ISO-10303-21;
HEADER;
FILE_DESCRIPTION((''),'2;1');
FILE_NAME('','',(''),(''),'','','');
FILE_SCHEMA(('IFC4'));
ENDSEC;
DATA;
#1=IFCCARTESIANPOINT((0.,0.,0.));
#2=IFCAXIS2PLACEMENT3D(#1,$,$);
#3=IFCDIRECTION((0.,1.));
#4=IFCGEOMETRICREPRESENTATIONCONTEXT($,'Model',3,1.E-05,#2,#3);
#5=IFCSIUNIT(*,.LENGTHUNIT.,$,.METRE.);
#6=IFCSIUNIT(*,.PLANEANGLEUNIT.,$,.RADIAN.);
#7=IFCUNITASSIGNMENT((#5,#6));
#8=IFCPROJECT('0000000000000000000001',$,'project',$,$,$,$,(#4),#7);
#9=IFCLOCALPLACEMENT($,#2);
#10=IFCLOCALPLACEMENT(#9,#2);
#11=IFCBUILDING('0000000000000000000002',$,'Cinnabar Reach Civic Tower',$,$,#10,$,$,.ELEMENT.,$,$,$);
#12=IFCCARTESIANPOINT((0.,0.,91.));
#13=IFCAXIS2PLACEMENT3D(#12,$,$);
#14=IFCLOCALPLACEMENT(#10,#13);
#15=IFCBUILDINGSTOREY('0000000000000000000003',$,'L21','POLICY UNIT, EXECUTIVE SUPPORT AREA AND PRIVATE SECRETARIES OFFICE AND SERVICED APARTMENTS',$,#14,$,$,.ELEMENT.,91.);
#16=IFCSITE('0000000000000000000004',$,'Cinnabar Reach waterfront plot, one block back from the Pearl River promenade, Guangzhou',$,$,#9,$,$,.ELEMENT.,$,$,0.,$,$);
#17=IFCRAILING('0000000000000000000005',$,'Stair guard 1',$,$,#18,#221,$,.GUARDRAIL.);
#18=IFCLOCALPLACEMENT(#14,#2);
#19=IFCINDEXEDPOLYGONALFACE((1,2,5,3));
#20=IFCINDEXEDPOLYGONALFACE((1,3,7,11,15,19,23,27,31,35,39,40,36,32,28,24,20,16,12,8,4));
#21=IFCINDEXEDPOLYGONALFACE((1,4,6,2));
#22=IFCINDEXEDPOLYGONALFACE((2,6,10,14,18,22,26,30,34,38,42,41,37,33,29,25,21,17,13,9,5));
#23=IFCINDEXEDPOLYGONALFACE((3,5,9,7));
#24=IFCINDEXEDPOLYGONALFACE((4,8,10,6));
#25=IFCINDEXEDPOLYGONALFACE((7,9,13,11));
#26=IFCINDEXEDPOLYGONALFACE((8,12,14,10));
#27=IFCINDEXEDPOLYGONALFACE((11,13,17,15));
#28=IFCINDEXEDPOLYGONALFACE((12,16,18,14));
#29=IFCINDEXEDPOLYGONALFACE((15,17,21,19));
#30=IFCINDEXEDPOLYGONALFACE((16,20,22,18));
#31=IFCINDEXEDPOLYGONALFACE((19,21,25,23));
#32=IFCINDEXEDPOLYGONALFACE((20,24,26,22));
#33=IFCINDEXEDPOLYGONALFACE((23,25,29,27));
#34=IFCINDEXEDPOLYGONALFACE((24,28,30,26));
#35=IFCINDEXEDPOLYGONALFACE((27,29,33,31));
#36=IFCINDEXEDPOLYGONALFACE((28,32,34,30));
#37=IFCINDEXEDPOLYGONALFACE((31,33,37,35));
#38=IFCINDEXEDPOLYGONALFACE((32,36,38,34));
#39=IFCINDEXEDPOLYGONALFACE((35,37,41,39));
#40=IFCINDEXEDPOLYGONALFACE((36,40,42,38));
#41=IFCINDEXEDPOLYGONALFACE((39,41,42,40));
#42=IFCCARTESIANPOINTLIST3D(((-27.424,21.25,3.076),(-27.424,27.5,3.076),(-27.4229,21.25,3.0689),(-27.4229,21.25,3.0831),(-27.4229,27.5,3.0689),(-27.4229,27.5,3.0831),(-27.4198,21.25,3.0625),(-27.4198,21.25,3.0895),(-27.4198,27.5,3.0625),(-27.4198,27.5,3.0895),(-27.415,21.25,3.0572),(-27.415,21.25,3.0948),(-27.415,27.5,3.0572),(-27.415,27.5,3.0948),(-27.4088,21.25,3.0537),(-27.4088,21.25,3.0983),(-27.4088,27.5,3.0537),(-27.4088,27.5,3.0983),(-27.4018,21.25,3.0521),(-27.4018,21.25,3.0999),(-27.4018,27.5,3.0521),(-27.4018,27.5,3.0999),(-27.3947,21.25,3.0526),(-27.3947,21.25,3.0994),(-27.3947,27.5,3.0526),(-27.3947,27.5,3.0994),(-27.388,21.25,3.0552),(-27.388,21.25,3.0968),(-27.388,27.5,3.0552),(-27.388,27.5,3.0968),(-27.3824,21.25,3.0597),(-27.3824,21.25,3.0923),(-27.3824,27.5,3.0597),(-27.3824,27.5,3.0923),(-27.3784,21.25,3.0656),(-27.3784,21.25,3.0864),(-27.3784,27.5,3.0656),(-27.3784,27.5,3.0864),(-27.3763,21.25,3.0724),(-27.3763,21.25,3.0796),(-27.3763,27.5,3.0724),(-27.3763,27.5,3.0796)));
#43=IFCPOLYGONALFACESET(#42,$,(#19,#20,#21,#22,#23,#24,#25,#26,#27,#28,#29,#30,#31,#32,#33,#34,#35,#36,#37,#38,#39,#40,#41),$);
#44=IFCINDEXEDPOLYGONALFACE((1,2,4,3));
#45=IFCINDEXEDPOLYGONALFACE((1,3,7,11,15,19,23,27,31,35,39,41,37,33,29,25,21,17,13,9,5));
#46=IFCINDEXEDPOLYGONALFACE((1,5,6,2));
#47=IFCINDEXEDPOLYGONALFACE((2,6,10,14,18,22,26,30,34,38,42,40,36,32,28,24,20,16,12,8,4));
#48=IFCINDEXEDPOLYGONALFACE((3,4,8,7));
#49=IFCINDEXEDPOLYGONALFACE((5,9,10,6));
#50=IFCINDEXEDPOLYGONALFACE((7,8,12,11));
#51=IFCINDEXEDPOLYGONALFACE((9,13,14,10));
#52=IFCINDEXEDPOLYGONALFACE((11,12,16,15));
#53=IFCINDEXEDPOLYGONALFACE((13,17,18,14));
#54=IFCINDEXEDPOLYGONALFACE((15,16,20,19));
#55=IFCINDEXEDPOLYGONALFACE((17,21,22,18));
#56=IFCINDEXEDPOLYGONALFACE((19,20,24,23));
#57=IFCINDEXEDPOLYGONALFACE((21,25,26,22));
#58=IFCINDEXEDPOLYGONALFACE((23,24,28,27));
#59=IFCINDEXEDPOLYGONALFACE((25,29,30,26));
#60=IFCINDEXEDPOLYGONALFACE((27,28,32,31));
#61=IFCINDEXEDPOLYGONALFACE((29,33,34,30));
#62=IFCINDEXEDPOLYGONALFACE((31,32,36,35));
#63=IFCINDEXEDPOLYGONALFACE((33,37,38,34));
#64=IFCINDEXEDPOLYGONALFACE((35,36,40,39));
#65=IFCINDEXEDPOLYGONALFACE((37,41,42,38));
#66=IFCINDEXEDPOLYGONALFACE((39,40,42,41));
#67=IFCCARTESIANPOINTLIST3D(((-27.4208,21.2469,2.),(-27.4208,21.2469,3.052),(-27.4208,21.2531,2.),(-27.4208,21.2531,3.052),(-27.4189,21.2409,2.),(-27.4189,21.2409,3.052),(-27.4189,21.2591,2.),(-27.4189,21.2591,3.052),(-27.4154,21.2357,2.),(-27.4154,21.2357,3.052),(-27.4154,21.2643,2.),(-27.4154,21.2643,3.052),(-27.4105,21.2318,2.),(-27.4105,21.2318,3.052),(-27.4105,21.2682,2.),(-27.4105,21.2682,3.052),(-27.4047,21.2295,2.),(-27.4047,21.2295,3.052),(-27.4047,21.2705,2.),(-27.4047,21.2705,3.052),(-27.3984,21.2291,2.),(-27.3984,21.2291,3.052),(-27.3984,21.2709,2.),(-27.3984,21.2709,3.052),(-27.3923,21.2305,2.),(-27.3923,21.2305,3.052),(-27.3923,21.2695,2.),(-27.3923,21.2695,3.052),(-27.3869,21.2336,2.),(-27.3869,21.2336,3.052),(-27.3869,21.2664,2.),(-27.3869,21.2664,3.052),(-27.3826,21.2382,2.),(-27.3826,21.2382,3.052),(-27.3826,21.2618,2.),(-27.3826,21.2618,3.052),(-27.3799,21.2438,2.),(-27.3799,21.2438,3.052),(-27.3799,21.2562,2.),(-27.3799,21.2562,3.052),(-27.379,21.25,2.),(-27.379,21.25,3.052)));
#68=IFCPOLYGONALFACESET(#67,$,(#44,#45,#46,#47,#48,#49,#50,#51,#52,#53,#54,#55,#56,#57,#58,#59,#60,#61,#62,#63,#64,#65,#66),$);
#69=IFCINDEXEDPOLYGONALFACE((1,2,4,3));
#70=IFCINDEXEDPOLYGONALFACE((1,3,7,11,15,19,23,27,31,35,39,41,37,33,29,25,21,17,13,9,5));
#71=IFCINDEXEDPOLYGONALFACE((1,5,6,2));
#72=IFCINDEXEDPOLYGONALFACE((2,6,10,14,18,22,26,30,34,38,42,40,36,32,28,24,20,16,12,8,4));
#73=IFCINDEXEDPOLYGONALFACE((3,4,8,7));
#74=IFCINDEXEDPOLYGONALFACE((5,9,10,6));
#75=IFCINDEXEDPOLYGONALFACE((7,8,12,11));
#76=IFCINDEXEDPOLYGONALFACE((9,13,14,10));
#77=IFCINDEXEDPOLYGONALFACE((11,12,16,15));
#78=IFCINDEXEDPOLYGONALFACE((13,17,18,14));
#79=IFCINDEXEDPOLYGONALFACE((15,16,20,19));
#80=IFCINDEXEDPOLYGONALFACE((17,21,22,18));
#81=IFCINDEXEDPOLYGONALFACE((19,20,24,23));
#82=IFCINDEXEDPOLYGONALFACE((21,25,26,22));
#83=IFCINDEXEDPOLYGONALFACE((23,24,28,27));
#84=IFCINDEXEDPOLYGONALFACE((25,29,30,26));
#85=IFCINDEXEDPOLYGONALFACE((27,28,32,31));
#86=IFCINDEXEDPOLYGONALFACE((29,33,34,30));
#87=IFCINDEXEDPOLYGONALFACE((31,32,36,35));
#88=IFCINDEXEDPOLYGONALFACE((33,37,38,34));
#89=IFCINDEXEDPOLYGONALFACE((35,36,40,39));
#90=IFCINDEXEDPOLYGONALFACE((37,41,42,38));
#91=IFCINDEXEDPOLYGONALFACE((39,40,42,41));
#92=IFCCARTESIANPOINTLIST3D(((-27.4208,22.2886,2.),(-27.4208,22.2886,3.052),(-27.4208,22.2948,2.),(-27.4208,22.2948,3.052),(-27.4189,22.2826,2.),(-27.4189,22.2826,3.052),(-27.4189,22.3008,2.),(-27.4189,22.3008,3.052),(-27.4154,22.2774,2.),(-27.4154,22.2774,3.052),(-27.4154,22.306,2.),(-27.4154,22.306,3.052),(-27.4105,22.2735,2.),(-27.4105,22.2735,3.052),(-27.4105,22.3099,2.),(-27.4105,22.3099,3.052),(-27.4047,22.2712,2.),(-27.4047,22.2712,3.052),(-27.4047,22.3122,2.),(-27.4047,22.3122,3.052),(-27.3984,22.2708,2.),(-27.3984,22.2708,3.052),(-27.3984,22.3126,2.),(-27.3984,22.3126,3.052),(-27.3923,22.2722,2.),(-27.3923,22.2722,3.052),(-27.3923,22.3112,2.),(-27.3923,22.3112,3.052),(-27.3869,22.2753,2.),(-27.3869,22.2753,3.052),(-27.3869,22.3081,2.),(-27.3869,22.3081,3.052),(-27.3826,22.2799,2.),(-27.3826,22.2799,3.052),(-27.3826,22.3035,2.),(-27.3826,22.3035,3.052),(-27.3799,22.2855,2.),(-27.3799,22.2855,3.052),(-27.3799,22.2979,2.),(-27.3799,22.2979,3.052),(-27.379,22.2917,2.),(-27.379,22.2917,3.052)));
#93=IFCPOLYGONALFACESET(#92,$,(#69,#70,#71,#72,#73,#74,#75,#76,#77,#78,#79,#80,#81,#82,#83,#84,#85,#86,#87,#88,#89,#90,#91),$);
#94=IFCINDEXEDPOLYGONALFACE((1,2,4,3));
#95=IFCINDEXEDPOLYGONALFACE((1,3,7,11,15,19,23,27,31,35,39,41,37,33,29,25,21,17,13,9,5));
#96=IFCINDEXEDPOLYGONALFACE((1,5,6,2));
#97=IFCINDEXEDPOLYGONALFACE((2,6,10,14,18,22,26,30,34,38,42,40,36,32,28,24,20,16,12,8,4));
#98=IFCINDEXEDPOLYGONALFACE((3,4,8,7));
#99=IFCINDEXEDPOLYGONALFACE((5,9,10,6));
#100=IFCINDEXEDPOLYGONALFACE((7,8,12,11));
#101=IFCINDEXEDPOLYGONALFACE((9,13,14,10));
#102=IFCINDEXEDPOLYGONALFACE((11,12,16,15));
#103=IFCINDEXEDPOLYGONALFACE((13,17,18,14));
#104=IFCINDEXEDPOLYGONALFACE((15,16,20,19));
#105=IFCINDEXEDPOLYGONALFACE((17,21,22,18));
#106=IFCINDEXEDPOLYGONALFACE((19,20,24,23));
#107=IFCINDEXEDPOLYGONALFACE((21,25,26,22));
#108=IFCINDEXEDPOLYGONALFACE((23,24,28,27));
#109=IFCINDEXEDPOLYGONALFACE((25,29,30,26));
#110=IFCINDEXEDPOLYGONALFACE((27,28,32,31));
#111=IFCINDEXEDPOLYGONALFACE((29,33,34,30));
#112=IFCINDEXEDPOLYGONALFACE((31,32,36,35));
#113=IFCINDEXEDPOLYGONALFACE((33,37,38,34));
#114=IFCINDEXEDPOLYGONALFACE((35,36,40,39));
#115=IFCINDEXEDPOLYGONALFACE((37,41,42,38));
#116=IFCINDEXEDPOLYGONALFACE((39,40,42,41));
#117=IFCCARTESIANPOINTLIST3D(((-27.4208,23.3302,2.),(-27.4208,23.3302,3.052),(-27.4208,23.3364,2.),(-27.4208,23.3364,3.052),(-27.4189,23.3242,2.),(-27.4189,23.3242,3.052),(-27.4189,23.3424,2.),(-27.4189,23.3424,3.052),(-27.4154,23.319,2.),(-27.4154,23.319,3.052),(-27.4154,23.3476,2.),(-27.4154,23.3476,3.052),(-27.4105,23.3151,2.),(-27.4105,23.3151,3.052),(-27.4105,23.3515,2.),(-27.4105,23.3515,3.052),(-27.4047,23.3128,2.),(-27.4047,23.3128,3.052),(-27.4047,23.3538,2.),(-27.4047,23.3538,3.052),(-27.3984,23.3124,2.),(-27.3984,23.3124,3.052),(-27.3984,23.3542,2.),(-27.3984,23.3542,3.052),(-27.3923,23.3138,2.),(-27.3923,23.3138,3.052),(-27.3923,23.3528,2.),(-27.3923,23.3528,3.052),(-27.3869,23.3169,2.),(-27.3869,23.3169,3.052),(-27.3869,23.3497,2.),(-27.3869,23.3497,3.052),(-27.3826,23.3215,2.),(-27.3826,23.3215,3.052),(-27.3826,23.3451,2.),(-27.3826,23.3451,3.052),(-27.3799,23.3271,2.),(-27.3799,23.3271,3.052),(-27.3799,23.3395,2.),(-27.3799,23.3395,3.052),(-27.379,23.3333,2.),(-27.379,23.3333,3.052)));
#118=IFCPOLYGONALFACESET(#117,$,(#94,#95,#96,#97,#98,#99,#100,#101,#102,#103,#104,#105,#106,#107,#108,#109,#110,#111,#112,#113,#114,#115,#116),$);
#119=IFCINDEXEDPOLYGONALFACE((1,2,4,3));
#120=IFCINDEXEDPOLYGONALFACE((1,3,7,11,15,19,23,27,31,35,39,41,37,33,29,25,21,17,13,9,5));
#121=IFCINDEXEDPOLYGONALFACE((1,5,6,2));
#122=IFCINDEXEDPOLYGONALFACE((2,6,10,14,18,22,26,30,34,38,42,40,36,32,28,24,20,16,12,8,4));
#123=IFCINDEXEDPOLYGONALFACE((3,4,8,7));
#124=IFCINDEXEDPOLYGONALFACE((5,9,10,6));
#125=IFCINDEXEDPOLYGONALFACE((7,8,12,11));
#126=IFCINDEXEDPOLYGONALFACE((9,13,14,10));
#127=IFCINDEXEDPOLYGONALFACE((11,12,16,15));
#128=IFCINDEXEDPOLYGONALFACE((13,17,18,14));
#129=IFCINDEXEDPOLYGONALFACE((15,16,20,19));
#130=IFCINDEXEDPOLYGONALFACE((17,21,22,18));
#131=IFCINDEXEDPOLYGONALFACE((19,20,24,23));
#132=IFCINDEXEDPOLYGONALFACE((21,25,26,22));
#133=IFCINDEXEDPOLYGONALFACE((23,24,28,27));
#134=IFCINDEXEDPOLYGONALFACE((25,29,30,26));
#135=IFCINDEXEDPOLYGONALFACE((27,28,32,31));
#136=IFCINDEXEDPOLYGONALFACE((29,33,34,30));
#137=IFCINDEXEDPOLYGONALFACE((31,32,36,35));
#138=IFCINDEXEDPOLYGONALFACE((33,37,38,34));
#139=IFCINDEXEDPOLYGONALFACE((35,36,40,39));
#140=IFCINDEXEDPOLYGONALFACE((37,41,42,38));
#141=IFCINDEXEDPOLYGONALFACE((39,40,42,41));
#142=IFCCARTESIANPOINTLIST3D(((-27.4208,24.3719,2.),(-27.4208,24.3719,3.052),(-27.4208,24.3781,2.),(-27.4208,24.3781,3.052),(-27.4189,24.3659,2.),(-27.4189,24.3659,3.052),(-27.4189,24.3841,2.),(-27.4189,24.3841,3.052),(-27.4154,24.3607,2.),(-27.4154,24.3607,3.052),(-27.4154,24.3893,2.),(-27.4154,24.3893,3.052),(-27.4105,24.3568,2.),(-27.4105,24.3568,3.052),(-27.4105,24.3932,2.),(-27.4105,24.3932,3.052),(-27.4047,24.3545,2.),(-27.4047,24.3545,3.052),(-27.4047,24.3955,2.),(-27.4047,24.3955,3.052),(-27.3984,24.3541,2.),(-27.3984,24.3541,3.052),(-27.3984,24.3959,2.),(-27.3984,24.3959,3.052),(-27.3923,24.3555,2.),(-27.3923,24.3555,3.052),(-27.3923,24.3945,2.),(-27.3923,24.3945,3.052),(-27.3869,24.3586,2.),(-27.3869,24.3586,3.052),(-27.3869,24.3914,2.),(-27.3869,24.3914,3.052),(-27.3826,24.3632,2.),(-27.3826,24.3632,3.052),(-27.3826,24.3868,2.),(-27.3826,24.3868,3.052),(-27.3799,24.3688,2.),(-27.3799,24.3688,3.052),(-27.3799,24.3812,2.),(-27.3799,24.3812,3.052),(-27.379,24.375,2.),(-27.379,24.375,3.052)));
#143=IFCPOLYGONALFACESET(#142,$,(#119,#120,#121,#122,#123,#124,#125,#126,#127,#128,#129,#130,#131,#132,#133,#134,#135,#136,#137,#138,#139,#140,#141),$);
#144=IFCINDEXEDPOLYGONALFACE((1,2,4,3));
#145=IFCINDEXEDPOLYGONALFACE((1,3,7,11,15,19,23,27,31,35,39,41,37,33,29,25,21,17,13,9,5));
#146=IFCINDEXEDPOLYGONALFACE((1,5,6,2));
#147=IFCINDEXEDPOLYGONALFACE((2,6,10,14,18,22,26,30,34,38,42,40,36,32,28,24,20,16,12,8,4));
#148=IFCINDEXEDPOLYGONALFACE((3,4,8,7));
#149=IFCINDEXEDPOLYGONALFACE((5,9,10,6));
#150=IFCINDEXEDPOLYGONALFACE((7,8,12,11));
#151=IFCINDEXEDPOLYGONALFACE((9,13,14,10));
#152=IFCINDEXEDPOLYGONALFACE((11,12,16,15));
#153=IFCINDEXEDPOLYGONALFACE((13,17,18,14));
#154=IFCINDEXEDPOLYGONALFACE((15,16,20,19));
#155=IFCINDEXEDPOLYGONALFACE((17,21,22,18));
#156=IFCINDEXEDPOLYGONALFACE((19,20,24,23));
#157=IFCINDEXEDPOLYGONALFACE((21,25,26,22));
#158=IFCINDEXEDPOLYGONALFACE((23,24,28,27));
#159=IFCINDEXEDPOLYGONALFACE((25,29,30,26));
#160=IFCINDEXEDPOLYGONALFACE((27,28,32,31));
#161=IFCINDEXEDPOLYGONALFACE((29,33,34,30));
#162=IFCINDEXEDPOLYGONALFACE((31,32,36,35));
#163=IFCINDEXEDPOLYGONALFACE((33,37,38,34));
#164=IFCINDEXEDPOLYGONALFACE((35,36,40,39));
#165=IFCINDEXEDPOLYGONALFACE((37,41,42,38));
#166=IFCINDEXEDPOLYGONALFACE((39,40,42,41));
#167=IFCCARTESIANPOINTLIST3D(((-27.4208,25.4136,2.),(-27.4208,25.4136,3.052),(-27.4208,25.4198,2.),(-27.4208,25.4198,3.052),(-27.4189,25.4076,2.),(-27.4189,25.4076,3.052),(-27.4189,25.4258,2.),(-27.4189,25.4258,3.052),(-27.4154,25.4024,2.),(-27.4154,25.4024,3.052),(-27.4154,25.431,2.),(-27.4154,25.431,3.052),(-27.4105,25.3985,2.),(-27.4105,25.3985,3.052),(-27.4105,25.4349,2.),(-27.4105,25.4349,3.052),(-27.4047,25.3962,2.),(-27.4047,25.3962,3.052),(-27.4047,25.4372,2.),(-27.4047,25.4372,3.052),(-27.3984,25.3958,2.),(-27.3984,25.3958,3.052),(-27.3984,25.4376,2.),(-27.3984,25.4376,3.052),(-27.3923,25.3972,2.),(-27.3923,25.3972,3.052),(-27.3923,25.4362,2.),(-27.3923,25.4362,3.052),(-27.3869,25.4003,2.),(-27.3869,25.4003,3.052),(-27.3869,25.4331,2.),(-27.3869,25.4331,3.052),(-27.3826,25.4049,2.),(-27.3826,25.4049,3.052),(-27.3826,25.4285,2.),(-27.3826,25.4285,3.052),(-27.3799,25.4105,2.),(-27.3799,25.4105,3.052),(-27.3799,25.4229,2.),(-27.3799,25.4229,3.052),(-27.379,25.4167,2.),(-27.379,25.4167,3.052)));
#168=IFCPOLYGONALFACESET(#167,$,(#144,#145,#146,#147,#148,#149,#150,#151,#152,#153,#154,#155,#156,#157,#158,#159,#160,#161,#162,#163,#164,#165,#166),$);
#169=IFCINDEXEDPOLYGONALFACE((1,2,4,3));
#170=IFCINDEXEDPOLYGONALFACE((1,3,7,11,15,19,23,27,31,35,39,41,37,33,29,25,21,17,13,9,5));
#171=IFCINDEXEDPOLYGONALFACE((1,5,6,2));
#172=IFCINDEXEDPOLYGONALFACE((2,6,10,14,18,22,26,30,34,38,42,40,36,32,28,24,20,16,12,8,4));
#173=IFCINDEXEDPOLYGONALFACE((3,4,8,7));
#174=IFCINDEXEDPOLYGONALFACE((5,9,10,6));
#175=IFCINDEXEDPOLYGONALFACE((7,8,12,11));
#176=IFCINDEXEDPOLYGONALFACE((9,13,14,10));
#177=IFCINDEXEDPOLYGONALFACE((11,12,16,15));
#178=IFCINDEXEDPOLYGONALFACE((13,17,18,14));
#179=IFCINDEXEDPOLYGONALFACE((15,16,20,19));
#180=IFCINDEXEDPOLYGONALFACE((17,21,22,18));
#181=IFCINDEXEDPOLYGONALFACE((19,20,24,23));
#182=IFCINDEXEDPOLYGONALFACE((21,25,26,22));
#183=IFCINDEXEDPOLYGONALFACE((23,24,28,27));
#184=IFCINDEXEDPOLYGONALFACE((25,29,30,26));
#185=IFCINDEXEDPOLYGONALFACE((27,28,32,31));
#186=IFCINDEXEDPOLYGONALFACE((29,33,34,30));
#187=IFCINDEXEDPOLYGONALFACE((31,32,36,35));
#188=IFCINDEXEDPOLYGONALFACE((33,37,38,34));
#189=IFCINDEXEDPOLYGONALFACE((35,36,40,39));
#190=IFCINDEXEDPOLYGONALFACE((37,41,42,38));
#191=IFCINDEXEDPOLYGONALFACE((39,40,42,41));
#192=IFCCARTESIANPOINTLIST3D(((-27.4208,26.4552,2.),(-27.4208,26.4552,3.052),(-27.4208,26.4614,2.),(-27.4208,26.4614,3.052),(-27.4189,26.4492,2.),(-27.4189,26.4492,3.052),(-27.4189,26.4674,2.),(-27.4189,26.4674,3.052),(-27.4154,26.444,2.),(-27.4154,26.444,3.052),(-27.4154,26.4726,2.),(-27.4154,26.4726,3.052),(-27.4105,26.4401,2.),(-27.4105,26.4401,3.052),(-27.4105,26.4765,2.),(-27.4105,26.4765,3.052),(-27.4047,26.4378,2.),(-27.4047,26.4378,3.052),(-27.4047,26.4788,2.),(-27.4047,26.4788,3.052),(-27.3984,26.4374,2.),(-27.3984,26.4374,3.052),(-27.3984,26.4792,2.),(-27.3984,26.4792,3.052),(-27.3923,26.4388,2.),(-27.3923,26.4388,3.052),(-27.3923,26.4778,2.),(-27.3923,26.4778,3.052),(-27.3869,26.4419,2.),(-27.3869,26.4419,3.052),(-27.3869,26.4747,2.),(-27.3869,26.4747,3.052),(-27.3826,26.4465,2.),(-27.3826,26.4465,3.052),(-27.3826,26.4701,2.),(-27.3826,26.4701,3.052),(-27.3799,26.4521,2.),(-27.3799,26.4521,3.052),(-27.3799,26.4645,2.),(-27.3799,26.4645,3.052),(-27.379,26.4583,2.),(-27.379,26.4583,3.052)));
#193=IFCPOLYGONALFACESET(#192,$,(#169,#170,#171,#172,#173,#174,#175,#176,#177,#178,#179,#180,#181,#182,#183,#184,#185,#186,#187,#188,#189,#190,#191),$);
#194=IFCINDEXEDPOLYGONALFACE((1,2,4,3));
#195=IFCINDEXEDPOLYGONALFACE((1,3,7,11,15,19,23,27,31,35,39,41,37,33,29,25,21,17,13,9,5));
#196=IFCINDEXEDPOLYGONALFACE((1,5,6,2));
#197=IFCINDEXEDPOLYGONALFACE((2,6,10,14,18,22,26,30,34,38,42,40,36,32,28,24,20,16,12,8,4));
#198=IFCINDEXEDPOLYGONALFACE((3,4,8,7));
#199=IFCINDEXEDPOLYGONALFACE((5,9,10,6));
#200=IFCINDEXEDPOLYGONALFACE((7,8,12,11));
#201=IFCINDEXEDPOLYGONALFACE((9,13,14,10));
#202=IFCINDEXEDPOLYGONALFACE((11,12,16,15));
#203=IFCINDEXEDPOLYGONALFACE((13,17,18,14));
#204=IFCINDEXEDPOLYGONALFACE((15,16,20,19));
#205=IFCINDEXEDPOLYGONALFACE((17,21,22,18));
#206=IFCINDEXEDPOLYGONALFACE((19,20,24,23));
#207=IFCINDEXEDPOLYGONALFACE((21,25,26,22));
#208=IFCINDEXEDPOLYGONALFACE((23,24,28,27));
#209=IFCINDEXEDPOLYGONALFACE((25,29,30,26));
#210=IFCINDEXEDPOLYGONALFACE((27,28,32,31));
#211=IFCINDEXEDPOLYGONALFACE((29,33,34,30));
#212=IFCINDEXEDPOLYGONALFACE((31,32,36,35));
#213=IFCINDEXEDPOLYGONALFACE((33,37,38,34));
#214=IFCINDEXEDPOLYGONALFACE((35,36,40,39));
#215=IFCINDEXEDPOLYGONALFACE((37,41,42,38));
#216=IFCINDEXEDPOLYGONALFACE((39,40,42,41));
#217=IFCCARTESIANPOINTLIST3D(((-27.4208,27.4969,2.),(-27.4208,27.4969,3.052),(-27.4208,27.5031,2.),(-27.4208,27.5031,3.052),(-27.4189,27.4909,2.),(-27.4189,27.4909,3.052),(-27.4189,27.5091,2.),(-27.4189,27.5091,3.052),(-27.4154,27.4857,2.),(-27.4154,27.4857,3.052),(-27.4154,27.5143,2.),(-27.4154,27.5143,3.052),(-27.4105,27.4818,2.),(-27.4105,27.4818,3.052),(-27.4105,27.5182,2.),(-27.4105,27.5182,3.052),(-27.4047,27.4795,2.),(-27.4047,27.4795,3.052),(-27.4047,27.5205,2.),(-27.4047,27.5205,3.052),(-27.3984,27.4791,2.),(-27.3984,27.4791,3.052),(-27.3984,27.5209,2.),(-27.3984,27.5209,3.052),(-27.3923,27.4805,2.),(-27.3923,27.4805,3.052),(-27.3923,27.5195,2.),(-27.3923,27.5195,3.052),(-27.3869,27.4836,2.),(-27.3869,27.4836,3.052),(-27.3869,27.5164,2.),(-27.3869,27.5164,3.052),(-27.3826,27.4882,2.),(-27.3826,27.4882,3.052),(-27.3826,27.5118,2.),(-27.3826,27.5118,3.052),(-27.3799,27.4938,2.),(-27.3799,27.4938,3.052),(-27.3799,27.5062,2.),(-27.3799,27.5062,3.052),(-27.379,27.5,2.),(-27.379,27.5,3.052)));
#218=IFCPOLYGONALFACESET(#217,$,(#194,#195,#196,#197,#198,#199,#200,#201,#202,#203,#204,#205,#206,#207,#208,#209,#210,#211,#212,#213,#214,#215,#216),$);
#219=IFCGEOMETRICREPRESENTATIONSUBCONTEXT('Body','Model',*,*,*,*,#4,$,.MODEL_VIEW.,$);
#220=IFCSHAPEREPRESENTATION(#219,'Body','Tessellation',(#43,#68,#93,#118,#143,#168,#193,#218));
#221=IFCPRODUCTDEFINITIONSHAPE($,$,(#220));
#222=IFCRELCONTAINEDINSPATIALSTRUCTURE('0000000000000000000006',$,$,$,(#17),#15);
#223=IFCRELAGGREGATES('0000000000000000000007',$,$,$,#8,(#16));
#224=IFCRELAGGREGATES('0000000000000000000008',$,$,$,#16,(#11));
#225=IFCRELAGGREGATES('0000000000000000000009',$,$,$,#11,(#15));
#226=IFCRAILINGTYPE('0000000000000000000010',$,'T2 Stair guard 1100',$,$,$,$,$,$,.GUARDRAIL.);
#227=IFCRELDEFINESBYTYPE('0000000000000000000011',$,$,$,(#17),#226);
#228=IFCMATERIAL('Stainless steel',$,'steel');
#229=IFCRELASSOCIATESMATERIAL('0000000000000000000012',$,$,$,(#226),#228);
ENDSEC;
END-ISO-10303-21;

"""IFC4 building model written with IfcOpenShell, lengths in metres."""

from ifc_helpers import new_model, si_unit, direction, frame, origin, origin_2d, place, context, subcontext, project, spatial, circle, extrude, material, type_object, element, save


model = new_model("IFC4")

# Units and contexts
model_context = context("Model", 3, precision=1e-05, world=origin(), true_north=direction((0.0, 1.0)))
body_context = subcontext(model_context, "Body", "Model", "MODEL_VIEW")
ifc_project = project(units=[si_unit("LENGTHUNIT", "METRE"), si_unit("PLANEANGLEUNIT", "RADIAN")], contexts=[model_context])

# Site, building, storey
site_placement = place(None, origin())
site = spatial("IfcSite", under=ifc_project, at=site_placement, Name="Cinnabar Reach waterfront plot, one block back from the Pearl River promenade, Guangzhou", CompositionType="ELEMENT", RefElevation=0.0)
building_placement = place(site_placement, origin())
building = spatial("IfcBuilding", under=site, at=building_placement, Name="Cinnabar Reach Civic Tower", CompositionType="ELEMENT")
storey_placement = place(building_placement, frame((0.0, 0.0, 91.0)))
storey = spatial("IfcBuildingStorey", under=building, at=storey_placement, Name="L21", Description="POLICY UNIT, EXECUTIVE SUPPORT AREA AND PRIVATE SECRETARIES OFFICE AND SERVICED APARTMENTS", CompositionType="ELEMENT", Elevation=91.0)

# Railing
ifc_material_1 = material(Name="Stainless steel", Category="steel")
railing_type = type_object("IfcRailingType", Name="T2 Stair guard 1100", PredefinedType="GUARDRAIL", material=ifc_material_1)
for number, where, name in (
    (1, (-27.4, 21.25, 2.0), "Stair guard 1"),
):
    element("IfcRailing", number, at=place(storey_placement, frame(where)), inside=storey, type_object=railing_type, Name=name, PredefinedType="GUARDRAIL", context=body_context, shape_type="SweptSolid", body=[
        extrude(circle(Radius=0.024, at=origin_2d()), frame((0.0, 0.0, 1.076), z_axis=(0.0, 1.0, 0.0), x_axis=(-1.0, 0.0, 0.0)), (0.0, 0.0, 1.0), 6.25),
        extrude(circle(Radius=0.021, at=origin_2d()), origin(), (0.0, 0.0, 1.0), 1.052),
        extrude(circle(Radius=0.021, at=origin_2d()), frame((0.0, 1.0417, 0.0)), (0.0, 0.0, 1.0), 1.052),
        extrude(circle(Radius=0.021, at=origin_2d()), frame((0.0, 2.0833, 0.0)), (0.0, 0.0, 1.0), 1.052),
        extrude(circle(Radius=0.021, at=origin_2d()), frame((0.0, 3.125, 0.0)), (0.0, 0.0, 1.0), 1.052),
        extrude(circle(Radius=0.021, at=origin_2d()), frame((0.0, 4.1667, 0.0)), (0.0, 0.0, 1.0), 1.052),
        extrude(circle(Radius=0.021, at=origin_2d()), frame((0.0, 5.2083, 0.0)), (0.0, 0.0, 1.0), 1.052),
        extrude(circle(Radius=0.021, at=origin_2d()), frame((0.0, 6.25, 0.0)), (0.0, 0.0, 1.0), 1.052),
    ])

save(model, "model.ifc")
